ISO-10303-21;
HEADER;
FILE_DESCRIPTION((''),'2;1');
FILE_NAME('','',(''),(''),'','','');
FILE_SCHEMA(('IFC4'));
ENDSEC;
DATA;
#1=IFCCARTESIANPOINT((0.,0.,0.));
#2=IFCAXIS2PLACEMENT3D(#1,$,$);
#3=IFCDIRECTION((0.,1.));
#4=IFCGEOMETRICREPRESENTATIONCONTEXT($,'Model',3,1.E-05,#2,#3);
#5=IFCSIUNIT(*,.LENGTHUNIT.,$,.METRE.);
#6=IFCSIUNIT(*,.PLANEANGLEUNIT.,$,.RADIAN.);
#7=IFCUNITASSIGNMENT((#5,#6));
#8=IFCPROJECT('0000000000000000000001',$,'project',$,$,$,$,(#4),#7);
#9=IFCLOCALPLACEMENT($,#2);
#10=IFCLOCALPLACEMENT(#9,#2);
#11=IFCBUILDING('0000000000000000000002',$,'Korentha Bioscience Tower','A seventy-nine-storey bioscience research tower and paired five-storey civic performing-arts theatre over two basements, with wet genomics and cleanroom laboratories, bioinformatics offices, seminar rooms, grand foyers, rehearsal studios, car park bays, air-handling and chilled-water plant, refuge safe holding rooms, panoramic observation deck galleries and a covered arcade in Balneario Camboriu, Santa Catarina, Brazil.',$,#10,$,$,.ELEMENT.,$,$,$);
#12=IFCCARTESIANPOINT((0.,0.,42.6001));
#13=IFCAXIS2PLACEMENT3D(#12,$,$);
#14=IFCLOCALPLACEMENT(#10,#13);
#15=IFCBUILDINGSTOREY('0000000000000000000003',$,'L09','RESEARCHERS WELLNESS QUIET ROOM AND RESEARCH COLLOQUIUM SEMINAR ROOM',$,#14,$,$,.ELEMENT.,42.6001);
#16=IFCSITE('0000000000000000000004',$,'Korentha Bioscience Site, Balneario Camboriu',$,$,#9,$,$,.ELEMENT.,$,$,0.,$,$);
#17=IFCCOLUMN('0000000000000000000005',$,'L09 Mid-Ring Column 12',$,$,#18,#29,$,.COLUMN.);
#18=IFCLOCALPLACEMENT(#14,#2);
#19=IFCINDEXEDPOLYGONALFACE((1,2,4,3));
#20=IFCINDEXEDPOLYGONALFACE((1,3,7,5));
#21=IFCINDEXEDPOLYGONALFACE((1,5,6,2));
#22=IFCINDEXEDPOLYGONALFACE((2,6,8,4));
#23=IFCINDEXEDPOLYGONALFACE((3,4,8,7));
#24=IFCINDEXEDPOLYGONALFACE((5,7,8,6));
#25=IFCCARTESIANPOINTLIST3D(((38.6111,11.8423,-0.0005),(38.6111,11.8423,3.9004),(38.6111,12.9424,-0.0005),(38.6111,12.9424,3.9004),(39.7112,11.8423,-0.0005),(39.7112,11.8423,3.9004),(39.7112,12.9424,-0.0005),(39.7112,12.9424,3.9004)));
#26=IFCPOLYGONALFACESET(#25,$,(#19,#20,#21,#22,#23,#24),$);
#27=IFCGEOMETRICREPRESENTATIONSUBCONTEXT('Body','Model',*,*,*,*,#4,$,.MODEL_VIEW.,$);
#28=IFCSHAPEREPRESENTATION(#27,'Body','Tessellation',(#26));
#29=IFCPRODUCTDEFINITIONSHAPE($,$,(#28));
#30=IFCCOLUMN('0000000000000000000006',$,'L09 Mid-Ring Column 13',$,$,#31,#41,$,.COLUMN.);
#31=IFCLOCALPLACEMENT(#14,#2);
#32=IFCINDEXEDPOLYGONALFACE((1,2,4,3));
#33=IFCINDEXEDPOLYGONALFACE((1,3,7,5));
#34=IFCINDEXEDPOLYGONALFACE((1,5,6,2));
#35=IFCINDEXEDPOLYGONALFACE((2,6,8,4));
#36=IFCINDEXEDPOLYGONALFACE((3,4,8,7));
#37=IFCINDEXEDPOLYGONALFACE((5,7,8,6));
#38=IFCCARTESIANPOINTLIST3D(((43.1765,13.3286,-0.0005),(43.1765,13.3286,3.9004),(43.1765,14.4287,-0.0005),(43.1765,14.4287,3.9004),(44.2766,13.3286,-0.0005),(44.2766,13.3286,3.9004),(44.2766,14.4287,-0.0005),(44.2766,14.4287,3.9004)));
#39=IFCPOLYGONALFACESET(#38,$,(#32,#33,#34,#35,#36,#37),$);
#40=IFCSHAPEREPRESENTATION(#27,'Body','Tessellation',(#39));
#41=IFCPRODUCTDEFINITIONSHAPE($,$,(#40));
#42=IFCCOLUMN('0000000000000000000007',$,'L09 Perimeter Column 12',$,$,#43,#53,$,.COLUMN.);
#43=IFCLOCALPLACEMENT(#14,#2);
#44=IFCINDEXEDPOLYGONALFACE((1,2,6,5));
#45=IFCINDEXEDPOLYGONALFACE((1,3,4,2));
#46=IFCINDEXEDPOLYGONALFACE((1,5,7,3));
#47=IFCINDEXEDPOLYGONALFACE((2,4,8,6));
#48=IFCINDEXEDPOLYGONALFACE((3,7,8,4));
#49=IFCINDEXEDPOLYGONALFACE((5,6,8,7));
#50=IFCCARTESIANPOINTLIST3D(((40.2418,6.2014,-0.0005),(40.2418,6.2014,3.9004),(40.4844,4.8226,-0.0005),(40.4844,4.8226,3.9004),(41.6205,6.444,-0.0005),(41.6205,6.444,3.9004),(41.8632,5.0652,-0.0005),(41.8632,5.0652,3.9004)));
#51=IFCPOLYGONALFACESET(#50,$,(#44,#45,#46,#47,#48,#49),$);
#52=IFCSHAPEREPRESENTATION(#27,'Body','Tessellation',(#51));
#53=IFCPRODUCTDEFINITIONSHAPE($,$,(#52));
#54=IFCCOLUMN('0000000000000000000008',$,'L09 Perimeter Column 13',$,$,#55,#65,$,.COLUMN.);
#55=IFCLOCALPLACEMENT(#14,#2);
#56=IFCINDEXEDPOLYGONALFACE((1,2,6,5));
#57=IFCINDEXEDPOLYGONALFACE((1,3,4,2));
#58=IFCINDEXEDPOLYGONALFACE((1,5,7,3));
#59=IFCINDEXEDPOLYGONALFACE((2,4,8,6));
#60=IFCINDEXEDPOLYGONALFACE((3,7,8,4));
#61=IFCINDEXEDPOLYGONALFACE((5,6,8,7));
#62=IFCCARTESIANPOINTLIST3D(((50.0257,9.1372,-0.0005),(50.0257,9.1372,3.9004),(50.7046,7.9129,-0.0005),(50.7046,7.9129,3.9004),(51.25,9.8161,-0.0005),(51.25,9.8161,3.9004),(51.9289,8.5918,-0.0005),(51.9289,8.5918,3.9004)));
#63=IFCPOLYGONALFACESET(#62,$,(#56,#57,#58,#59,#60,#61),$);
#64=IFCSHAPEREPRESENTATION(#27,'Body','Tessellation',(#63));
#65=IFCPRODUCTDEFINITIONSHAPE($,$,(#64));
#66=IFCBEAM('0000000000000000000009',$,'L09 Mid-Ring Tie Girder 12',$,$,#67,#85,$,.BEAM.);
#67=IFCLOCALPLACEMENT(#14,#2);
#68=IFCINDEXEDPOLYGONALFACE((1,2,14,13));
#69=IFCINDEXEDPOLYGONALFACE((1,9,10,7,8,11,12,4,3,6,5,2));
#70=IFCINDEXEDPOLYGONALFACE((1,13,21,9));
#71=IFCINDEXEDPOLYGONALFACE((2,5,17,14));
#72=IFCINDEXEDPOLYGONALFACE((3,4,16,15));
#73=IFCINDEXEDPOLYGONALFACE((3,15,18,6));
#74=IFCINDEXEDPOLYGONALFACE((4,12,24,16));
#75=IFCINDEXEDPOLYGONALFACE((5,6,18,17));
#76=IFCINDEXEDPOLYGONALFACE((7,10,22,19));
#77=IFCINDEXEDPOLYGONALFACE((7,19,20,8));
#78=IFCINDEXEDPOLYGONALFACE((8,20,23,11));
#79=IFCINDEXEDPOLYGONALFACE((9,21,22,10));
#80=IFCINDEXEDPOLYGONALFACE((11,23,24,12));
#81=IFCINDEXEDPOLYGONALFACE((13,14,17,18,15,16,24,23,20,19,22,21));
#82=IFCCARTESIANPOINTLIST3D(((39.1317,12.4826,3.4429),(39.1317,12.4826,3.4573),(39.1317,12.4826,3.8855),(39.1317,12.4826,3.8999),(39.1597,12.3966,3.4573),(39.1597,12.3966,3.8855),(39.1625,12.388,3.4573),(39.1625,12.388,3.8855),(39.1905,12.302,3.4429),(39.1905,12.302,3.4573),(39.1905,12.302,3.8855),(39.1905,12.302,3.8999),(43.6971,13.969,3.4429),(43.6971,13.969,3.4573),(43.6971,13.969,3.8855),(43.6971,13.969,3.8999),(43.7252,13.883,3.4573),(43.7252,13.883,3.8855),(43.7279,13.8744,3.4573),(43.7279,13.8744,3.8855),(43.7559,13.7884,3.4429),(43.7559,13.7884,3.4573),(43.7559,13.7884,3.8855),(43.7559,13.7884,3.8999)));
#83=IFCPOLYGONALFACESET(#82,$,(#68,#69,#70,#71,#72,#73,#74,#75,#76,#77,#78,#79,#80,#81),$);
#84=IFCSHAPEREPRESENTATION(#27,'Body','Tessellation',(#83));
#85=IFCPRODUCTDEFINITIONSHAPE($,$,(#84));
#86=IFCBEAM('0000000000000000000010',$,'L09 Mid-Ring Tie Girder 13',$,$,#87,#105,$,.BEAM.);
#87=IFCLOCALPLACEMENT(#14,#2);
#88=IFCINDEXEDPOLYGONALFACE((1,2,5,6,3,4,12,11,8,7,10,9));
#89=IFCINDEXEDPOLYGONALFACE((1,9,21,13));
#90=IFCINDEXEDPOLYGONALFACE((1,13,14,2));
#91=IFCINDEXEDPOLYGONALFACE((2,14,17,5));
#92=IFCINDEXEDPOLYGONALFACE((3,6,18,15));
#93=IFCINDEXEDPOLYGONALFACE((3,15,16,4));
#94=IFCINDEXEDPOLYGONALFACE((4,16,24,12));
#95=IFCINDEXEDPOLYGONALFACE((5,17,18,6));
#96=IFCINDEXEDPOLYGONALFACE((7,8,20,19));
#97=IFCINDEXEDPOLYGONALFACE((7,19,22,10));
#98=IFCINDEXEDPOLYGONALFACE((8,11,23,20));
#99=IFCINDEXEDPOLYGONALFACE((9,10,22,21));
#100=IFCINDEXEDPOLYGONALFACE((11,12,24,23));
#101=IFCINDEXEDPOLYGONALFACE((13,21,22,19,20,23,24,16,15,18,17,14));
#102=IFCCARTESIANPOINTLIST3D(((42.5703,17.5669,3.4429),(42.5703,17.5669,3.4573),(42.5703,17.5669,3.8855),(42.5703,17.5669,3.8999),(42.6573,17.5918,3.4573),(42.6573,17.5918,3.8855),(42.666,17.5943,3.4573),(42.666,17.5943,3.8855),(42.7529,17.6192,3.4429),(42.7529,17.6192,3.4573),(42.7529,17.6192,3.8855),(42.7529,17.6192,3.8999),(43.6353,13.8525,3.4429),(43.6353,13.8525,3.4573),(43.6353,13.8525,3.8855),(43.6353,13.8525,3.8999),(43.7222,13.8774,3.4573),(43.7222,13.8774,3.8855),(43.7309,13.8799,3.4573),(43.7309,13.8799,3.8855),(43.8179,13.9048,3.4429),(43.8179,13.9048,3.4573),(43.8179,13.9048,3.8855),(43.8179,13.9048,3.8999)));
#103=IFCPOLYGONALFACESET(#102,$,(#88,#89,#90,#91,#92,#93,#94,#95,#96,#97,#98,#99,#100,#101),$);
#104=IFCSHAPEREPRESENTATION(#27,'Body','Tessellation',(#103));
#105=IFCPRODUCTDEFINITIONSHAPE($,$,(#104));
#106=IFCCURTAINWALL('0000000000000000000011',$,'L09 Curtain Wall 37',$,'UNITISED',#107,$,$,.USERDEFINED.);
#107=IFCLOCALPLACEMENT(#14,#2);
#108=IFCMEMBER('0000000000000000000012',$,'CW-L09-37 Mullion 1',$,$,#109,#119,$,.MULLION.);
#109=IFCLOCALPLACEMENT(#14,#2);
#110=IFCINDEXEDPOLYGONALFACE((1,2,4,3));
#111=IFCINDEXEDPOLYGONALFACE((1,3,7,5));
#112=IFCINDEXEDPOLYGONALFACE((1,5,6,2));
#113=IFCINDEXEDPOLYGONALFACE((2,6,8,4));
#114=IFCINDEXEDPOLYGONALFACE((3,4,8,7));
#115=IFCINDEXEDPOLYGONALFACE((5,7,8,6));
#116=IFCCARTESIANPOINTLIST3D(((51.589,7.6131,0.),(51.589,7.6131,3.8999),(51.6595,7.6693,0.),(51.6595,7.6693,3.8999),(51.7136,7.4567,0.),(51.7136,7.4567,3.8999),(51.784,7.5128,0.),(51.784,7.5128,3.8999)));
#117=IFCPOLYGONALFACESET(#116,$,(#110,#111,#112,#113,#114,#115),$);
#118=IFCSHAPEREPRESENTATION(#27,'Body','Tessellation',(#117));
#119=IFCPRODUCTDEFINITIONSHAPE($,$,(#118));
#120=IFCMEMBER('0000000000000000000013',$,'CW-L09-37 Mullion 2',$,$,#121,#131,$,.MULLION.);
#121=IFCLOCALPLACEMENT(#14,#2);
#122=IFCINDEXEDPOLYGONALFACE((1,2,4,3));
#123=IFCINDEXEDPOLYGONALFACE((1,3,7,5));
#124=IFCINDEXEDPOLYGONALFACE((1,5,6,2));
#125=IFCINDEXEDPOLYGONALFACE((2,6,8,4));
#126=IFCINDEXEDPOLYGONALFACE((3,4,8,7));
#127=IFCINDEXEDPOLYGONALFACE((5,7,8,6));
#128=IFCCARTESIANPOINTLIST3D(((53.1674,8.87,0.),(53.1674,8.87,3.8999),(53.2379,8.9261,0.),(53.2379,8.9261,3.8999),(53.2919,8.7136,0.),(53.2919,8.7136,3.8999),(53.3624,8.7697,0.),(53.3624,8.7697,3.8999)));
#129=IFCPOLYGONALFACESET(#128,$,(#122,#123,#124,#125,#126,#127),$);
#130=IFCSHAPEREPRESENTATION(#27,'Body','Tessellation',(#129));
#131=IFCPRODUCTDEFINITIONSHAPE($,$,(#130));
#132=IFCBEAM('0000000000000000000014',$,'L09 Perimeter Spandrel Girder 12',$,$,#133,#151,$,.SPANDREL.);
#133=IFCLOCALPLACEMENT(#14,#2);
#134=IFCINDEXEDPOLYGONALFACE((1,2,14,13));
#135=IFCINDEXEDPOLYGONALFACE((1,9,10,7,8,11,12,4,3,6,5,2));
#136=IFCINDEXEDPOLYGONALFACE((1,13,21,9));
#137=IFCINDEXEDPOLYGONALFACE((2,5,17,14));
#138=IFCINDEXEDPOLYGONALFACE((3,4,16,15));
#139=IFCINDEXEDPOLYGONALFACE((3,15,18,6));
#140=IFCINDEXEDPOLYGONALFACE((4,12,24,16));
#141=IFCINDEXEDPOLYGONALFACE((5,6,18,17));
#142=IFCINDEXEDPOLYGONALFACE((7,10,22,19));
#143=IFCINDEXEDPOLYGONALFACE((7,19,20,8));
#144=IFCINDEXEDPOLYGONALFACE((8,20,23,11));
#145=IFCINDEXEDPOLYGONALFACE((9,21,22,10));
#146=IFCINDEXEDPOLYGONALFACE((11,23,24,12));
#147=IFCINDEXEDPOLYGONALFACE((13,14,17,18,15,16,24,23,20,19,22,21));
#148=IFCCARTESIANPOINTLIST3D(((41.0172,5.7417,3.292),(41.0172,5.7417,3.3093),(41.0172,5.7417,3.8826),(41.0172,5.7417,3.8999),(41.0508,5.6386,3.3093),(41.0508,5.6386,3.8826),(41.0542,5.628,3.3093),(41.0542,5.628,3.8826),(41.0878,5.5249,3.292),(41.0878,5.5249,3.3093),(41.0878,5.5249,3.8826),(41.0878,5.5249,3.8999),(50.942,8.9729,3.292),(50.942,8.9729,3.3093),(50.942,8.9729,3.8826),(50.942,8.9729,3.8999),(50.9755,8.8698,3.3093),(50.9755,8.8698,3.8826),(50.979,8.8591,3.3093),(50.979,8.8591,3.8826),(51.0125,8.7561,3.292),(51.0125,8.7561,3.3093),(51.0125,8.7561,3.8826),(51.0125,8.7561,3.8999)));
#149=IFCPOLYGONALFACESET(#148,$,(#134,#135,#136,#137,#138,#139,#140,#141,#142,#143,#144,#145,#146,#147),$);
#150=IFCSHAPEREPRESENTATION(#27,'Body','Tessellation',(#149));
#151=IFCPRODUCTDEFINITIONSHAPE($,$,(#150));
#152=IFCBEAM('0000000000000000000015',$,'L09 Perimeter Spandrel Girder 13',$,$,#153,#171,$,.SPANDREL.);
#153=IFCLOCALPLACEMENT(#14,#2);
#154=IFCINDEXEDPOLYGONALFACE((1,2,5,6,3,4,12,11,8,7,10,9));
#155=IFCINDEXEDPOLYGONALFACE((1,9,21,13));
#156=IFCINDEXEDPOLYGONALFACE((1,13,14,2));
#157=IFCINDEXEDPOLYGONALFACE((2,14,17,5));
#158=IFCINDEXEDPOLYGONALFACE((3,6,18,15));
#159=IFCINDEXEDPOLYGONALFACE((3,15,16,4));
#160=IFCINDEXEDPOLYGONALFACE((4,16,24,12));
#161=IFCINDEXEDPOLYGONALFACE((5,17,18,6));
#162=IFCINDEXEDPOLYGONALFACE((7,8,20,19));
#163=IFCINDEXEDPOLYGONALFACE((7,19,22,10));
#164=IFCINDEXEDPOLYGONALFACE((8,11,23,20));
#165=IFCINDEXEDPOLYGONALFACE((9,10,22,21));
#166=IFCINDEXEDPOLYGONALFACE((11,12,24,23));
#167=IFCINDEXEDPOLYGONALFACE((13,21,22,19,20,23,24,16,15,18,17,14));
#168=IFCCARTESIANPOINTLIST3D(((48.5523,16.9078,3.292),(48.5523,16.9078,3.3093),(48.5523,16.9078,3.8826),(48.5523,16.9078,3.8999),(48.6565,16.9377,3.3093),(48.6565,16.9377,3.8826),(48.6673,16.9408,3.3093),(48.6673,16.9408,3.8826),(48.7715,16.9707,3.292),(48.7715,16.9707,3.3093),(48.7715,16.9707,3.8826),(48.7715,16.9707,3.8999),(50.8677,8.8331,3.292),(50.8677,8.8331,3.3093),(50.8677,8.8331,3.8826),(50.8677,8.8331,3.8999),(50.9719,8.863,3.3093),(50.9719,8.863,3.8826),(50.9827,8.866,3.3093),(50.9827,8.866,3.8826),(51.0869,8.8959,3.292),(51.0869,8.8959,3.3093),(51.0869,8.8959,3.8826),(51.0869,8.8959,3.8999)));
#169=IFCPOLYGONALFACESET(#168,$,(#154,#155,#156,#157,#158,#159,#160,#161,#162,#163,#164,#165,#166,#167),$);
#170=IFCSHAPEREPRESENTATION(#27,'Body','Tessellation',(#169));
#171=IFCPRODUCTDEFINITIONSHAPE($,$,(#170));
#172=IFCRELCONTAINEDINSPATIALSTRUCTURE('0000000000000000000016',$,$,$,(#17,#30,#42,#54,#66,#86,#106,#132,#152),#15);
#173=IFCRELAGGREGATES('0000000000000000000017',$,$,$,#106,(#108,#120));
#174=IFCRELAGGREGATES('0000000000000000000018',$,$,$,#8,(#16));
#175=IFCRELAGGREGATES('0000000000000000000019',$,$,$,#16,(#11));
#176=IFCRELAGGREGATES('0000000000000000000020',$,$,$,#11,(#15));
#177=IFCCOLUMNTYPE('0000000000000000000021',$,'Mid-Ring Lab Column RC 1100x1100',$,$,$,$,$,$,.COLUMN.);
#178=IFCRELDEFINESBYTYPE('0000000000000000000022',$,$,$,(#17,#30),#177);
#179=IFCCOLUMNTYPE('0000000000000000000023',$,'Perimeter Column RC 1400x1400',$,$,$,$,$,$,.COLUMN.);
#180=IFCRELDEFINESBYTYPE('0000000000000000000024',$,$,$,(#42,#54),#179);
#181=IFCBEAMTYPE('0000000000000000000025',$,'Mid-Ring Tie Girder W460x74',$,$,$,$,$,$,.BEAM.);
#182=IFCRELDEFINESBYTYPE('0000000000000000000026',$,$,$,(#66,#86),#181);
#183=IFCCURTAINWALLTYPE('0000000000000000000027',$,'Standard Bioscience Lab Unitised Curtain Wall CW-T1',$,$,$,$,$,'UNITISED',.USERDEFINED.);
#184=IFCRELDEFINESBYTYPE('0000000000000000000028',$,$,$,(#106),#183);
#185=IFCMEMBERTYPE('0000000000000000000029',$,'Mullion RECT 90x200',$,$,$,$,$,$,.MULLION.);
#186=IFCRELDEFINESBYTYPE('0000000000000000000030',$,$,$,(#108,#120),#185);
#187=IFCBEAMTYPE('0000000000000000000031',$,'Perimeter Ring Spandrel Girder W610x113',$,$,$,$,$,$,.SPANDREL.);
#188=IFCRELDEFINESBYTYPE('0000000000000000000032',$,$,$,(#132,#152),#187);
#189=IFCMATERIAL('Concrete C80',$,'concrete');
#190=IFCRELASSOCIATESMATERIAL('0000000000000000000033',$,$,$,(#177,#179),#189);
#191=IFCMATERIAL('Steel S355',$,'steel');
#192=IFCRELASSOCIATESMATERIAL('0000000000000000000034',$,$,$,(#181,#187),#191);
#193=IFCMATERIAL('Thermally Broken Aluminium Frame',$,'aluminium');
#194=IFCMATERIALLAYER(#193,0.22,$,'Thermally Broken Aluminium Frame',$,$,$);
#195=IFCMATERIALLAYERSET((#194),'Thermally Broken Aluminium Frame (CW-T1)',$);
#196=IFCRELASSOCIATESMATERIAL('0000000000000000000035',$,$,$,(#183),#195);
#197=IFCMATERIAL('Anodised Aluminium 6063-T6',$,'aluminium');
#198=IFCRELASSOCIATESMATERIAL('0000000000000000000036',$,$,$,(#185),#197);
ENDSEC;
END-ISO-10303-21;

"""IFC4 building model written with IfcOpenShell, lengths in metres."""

from ifc_helpers import new_model, si_unit, direction, frame, origin, origin_2d, place, context, subcontext, project, spatial, rectangle, i_section, extrude, material, layer, layer_set, material_profile, profile_set, type_object, element, aggregate, save


model = new_model("IFC4")

# Units and contexts
model_context = context("Model", 3, precision=1e-05, world=origin(), true_north=direction((0.0, 1.0)))
body_context = subcontext(model_context, "Body", "Model", "MODEL_VIEW")
ifc_project = project(units=[si_unit("LENGTHUNIT", "METRE"), si_unit("PLANEANGLEUNIT", "RADIAN")], contexts=[model_context])

# Site, building, storey
site_placement = place(None, origin())
site = spatial("IfcSite", under=ifc_project, at=site_placement, Name="Korentha Bioscience Site, Balneario Camboriu", CompositionType="ELEMENT", RefElevation=0.0)
building_placement = place(site_placement, origin())
building = spatial("IfcBuilding", under=site, at=building_placement, Name="Korentha Bioscience Tower", Description="A seventy-nine-storey bioscience research tower and paired five-storey civic performing-arts theatre over two basements, with wet genomics and cleanroom laboratories, bioinformatics offices, seminar rooms, grand foyers, rehearsal studios, car park bays, air-handling and chilled-water plant, refuge safe holding rooms, panoramic observation deck galleries and a covered arcade in Balneario Camboriu, Santa Catarina, Brazil.", CompositionType="ELEMENT")
storey_placement = place(building_placement, frame((0.0, 0.0, 42.6001)))
storey = spatial("IfcBuildingStorey", under=building, at=storey_placement, Name="L09", Description="RESEARCHERS WELLNESS QUIET ROOM AND RESEARCH COLLOQUIUM SEMINAR ROOM", CompositionType="ELEMENT", Elevation=42.6001)

# Columns
ifc_material_1 = material(Name="Concrete C80", Category="concrete")
ifc_material_profile_1 = material_profile(ifc_material_1, rectangle(XDim=1.1001, YDim=1.1001, at=origin_2d()), Name="Concrete C80")
ifc_profile_set_1 = profile_set([ifc_material_profile_1], Name="Concrete C80 (COL-MR11)")
column_type_1 = type_object("IfcColumnType", Name="Mid-Ring Lab Column RC 1100x1100", PredefinedType="COLUMN", material=ifc_profile_set_1)
for number, where, z_axis, x_axis, name in (
    (1, (39.1611, 12.3923, -0.0005), (0.0, 0.0, 1.0), (1.0, 0.0, 0.0), "L09 Mid-Ring Column 12"),
    (2, (43.7266, 13.8787, -0.0005), (0.0, 0.0, 1.0), (1.0, 0.0, 0.0), "L09 Mid-Ring Column 13"),
):
    element("IfcColumn", number, at=place(storey_placement, frame(where, z_axis=z_axis, x_axis=x_axis)), inside=storey, type_object=column_type_1, Name=name, PredefinedType="COLUMN", context=body_context, shape_type="SweptSolid", body=[
        extrude(rectangle(XDim=1.1001, YDim=1.1001, at=origin_2d()), origin(), (0.0, 0.0, 1.0), 3.9009),
    ])
ifc_material_profile_2 = material_profile(ifc_material_1, rectangle(XDim=1.3999, YDim=1.3999, at=origin_2d()), Name="Concrete C80")
ifc_profile_set_2 = profile_set([ifc_material_profile_2], Name="Concrete C80 (COL-P14)")
column_type_2 = type_object("IfcColumnType", Name="Perimeter Column RC 1400x1400", PredefinedType="COLUMN", material=ifc_profile_set_2)
for number, where, z_axis, x_axis, name in (
    (3, (41.0525, 5.6333, -0.0005), (0.0, 0.0, 1.0), (0.984868, 0.173304, 0.0), "L09 Perimeter Column 12"),
    (4, (50.9773, 8.8645, -0.0005), (0.0, 0.0, 1.0), (0.874535, 0.484962, 0.0), "L09 Perimeter Column 13"),
):
    element("IfcColumn", number, at=place(storey_placement, frame(where, z_axis=z_axis, x_axis=x_axis)), inside=storey, type_object=column_type_2, Name=name, PredefinedType="COLUMN", context=body_context, shape_type="SweptSolid", body=[
        extrude(rectangle(XDim=1.3999, YDim=1.3999, at=origin_2d()), origin(), (0.0, 0.0, 1.0), 3.9009),
    ])

# Beams
ifc_material_2 = material(Name="Steel S355", Category="steel")
ifc_material_profile_3 = material_profile(ifc_material_2, i_section(OverallWidth=0.1899, OverallDepth=0.457, WebThickness=0.009, FlangeThickness=0.0144, at=origin_2d()), Name="Steel S355")
ifc_profile_set_3 = profile_set([ifc_material_profile_3], Name="Steel S355 (MB-460)")
beam_type_1 = type_object("IfcBeamType", Name="Mid-Ring Tie Girder W460x74", PredefinedType="BEAM", material=ifc_profile_set_3)
beam_1_placement = place(storey_placement, frame((39.1611, 12.3923, 3.6714), z_axis=(0.950877, 0.309569, 0.0), x_axis=(-0.309569, 0.950877, 0.0)))
element("IfcBeam", 5, at=beam_1_placement, inside=storey, type_object=beam_type_1, Name="L09 Mid-Ring Tie Girder 12", PredefinedType="BEAM", context=body_context, shape_type="SweptSolid", body=[
    extrude(i_section(OverallWidth=0.1899, OverallDepth=0.457, WebThickness=0.009, FlangeThickness=0.0144, at=origin_2d()), origin(), (0.0, 0.0, 1.0), 4.8013),
])
beam_2_placement = place(storey_placement, frame((43.7266, 13.8787, 3.6714), z_axis=(-0.275606, 0.961271, 0.0), x_axis=(-0.961271, -0.275606, 0.0)))
element("IfcBeam", 6, at=beam_2_placement, inside=storey, type_object=beam_type_1, Name="L09 Mid-Ring Tie Girder 13", PredefinedType="BEAM", context=body_context, shape_type="SweptSolid", body=[
    extrude(i_section(OverallWidth=0.1899, OverallDepth=0.457, WebThickness=0.009, FlangeThickness=0.0144, at=origin_2d()), origin(), (0.0, 0.0, 1.0), 3.864),
])

# Curtain wall, members
ifc_material_3 = material(Name="Thermally Broken Aluminium Frame", Category="aluminium")
ifc_layer_1 = layer(ifc_material_3, 0.22, Name="Thermally Broken Aluminium Frame")
ifc_layer_set_1 = layer_set([ifc_layer_1], Name="Thermally Broken Aluminium Frame (CW-T1)")
curtain_wall_type = type_object("IfcCurtainWallType", Name="Standard Bioscience Lab Unitised Curtain Wall CW-T1", ElementType="UNITISED", PredefinedType="USERDEFINED", material=ifc_layer_set_1)
curtain_wall_placement = place(storey_placement, origin())
curtain_wall = element("IfcCurtainWall", 7, at=curtain_wall_placement, inside=storey, type_object=curtain_wall_type, Name="L09 Curtain Wall 37", ObjectType="UNITISED", PredefinedType="USERDEFINED")
ifc_material_4 = material(Name="Anodised Aluminium 6063-T6", Category="aluminium")
ifc_material_profile_4 = material_profile(ifc_material_4, rectangle(XDim=0.0901, YDim=0.2, at=origin_2d()), Name="Anodised Aluminium 6063-T6")
ifc_profile_set_4 = profile_set([ifc_material_profile_4], Name="Anodised Aluminium 6063-T6 (CW-MUL)")
member_type_1 = type_object("IfcMemberType", Name="Mullion RECT 90x200", PredefinedType="MULLION", material=ifc_profile_set_4)
member_1_placement = place(storey_placement, frame((51.6865, 7.563, 0.0), z_axis=(0.0, 0.0, 1.0), x_axis=(0.782288, 0.622917, 0.0)))
member_1 = element("IfcMember", 8, at=member_1_placement, type_object=member_type_1, Name="CW-L09-37 Mullion 1", PredefinedType="MULLION", context=body_context, shape_type="SweptSolid", body=[
    extrude(rectangle(XDim=0.0901, YDim=0.2, at=origin_2d()), origin(), (0.0, 0.0, 1.0), 3.8999),
])
member_2_placement = place(storey_placement, frame((53.2649, 8.8198, 0.0), z_axis=(0.0, 0.0, 1.0), x_axis=(0.782288, 0.622917, 0.0)))
member_2 = element("IfcMember", 9, at=member_2_placement, type_object=member_type_1, Name="CW-L09-37 Mullion 2", PredefinedType="MULLION", context=body_context, shape_type="SweptSolid", body=[
    extrude(rectangle(XDim=0.0901, YDim=0.2, at=origin_2d()), origin(), (0.0, 0.0, 1.0), 3.8999),
])

# Beams
ifc_material_profile_5 = material_profile(ifc_material_2, i_section(OverallWidth=0.228, OverallDepth=0.6079, WebThickness=0.0112, FlangeThickness=0.0173, at=origin_2d()), Name="Steel S355")
ifc_profile_set_5 = profile_set([ifc_material_profile_5], Name="Steel S355 (SB-610)")
beam_type_2 = type_object("IfcBeamType", Name="Perimeter Ring Spandrel Girder W610x113", PredefinedType="SPANDREL", material=ifc_profile_set_5)
beam_3_placement = place(storey_placement, frame((41.0525, 5.6333, 3.5959), z_axis=(0.950875, 0.309575, 0.0), x_axis=(-0.309575, 0.950875, 0.0)))
element("IfcBeam", 10, at=beam_3_placement, inside=storey, type_object=beam_type_2, Name="L09 Perimeter Spandrel Girder 12", PredefinedType="SPANDREL", context=body_context, shape_type="SweptSolid", body=[
    extrude(i_section(OverallWidth=0.228, OverallDepth=0.6079, WebThickness=0.0112, FlangeThickness=0.0173, at=origin_2d()), origin(), (0.0, 0.0, 1.0), 10.4375),
])
beam_4_placement = place(storey_placement, frame((50.9773, 8.8645, 3.5959), z_axis=(-0.275642, 0.96126, 0.0), x_axis=(-0.96126, -0.275642, 0.0)))
element("IfcBeam", 11, at=beam_4_placement, inside=storey, type_object=beam_type_2, Name="L09 Perimeter Spandrel Girder 13", PredefinedType="SPANDREL", context=body_context, shape_type="SweptSolid", body=[
    extrude(i_section(OverallWidth=0.228, OverallDepth=0.6079, WebThickness=0.0112, FlangeThickness=0.0173, at=origin_2d()), origin(), (0.0, 0.0, 1.0), 8.4001),
])

aggregate(curtain_wall, [member_1, member_2])

save(model, "model.ifc")
